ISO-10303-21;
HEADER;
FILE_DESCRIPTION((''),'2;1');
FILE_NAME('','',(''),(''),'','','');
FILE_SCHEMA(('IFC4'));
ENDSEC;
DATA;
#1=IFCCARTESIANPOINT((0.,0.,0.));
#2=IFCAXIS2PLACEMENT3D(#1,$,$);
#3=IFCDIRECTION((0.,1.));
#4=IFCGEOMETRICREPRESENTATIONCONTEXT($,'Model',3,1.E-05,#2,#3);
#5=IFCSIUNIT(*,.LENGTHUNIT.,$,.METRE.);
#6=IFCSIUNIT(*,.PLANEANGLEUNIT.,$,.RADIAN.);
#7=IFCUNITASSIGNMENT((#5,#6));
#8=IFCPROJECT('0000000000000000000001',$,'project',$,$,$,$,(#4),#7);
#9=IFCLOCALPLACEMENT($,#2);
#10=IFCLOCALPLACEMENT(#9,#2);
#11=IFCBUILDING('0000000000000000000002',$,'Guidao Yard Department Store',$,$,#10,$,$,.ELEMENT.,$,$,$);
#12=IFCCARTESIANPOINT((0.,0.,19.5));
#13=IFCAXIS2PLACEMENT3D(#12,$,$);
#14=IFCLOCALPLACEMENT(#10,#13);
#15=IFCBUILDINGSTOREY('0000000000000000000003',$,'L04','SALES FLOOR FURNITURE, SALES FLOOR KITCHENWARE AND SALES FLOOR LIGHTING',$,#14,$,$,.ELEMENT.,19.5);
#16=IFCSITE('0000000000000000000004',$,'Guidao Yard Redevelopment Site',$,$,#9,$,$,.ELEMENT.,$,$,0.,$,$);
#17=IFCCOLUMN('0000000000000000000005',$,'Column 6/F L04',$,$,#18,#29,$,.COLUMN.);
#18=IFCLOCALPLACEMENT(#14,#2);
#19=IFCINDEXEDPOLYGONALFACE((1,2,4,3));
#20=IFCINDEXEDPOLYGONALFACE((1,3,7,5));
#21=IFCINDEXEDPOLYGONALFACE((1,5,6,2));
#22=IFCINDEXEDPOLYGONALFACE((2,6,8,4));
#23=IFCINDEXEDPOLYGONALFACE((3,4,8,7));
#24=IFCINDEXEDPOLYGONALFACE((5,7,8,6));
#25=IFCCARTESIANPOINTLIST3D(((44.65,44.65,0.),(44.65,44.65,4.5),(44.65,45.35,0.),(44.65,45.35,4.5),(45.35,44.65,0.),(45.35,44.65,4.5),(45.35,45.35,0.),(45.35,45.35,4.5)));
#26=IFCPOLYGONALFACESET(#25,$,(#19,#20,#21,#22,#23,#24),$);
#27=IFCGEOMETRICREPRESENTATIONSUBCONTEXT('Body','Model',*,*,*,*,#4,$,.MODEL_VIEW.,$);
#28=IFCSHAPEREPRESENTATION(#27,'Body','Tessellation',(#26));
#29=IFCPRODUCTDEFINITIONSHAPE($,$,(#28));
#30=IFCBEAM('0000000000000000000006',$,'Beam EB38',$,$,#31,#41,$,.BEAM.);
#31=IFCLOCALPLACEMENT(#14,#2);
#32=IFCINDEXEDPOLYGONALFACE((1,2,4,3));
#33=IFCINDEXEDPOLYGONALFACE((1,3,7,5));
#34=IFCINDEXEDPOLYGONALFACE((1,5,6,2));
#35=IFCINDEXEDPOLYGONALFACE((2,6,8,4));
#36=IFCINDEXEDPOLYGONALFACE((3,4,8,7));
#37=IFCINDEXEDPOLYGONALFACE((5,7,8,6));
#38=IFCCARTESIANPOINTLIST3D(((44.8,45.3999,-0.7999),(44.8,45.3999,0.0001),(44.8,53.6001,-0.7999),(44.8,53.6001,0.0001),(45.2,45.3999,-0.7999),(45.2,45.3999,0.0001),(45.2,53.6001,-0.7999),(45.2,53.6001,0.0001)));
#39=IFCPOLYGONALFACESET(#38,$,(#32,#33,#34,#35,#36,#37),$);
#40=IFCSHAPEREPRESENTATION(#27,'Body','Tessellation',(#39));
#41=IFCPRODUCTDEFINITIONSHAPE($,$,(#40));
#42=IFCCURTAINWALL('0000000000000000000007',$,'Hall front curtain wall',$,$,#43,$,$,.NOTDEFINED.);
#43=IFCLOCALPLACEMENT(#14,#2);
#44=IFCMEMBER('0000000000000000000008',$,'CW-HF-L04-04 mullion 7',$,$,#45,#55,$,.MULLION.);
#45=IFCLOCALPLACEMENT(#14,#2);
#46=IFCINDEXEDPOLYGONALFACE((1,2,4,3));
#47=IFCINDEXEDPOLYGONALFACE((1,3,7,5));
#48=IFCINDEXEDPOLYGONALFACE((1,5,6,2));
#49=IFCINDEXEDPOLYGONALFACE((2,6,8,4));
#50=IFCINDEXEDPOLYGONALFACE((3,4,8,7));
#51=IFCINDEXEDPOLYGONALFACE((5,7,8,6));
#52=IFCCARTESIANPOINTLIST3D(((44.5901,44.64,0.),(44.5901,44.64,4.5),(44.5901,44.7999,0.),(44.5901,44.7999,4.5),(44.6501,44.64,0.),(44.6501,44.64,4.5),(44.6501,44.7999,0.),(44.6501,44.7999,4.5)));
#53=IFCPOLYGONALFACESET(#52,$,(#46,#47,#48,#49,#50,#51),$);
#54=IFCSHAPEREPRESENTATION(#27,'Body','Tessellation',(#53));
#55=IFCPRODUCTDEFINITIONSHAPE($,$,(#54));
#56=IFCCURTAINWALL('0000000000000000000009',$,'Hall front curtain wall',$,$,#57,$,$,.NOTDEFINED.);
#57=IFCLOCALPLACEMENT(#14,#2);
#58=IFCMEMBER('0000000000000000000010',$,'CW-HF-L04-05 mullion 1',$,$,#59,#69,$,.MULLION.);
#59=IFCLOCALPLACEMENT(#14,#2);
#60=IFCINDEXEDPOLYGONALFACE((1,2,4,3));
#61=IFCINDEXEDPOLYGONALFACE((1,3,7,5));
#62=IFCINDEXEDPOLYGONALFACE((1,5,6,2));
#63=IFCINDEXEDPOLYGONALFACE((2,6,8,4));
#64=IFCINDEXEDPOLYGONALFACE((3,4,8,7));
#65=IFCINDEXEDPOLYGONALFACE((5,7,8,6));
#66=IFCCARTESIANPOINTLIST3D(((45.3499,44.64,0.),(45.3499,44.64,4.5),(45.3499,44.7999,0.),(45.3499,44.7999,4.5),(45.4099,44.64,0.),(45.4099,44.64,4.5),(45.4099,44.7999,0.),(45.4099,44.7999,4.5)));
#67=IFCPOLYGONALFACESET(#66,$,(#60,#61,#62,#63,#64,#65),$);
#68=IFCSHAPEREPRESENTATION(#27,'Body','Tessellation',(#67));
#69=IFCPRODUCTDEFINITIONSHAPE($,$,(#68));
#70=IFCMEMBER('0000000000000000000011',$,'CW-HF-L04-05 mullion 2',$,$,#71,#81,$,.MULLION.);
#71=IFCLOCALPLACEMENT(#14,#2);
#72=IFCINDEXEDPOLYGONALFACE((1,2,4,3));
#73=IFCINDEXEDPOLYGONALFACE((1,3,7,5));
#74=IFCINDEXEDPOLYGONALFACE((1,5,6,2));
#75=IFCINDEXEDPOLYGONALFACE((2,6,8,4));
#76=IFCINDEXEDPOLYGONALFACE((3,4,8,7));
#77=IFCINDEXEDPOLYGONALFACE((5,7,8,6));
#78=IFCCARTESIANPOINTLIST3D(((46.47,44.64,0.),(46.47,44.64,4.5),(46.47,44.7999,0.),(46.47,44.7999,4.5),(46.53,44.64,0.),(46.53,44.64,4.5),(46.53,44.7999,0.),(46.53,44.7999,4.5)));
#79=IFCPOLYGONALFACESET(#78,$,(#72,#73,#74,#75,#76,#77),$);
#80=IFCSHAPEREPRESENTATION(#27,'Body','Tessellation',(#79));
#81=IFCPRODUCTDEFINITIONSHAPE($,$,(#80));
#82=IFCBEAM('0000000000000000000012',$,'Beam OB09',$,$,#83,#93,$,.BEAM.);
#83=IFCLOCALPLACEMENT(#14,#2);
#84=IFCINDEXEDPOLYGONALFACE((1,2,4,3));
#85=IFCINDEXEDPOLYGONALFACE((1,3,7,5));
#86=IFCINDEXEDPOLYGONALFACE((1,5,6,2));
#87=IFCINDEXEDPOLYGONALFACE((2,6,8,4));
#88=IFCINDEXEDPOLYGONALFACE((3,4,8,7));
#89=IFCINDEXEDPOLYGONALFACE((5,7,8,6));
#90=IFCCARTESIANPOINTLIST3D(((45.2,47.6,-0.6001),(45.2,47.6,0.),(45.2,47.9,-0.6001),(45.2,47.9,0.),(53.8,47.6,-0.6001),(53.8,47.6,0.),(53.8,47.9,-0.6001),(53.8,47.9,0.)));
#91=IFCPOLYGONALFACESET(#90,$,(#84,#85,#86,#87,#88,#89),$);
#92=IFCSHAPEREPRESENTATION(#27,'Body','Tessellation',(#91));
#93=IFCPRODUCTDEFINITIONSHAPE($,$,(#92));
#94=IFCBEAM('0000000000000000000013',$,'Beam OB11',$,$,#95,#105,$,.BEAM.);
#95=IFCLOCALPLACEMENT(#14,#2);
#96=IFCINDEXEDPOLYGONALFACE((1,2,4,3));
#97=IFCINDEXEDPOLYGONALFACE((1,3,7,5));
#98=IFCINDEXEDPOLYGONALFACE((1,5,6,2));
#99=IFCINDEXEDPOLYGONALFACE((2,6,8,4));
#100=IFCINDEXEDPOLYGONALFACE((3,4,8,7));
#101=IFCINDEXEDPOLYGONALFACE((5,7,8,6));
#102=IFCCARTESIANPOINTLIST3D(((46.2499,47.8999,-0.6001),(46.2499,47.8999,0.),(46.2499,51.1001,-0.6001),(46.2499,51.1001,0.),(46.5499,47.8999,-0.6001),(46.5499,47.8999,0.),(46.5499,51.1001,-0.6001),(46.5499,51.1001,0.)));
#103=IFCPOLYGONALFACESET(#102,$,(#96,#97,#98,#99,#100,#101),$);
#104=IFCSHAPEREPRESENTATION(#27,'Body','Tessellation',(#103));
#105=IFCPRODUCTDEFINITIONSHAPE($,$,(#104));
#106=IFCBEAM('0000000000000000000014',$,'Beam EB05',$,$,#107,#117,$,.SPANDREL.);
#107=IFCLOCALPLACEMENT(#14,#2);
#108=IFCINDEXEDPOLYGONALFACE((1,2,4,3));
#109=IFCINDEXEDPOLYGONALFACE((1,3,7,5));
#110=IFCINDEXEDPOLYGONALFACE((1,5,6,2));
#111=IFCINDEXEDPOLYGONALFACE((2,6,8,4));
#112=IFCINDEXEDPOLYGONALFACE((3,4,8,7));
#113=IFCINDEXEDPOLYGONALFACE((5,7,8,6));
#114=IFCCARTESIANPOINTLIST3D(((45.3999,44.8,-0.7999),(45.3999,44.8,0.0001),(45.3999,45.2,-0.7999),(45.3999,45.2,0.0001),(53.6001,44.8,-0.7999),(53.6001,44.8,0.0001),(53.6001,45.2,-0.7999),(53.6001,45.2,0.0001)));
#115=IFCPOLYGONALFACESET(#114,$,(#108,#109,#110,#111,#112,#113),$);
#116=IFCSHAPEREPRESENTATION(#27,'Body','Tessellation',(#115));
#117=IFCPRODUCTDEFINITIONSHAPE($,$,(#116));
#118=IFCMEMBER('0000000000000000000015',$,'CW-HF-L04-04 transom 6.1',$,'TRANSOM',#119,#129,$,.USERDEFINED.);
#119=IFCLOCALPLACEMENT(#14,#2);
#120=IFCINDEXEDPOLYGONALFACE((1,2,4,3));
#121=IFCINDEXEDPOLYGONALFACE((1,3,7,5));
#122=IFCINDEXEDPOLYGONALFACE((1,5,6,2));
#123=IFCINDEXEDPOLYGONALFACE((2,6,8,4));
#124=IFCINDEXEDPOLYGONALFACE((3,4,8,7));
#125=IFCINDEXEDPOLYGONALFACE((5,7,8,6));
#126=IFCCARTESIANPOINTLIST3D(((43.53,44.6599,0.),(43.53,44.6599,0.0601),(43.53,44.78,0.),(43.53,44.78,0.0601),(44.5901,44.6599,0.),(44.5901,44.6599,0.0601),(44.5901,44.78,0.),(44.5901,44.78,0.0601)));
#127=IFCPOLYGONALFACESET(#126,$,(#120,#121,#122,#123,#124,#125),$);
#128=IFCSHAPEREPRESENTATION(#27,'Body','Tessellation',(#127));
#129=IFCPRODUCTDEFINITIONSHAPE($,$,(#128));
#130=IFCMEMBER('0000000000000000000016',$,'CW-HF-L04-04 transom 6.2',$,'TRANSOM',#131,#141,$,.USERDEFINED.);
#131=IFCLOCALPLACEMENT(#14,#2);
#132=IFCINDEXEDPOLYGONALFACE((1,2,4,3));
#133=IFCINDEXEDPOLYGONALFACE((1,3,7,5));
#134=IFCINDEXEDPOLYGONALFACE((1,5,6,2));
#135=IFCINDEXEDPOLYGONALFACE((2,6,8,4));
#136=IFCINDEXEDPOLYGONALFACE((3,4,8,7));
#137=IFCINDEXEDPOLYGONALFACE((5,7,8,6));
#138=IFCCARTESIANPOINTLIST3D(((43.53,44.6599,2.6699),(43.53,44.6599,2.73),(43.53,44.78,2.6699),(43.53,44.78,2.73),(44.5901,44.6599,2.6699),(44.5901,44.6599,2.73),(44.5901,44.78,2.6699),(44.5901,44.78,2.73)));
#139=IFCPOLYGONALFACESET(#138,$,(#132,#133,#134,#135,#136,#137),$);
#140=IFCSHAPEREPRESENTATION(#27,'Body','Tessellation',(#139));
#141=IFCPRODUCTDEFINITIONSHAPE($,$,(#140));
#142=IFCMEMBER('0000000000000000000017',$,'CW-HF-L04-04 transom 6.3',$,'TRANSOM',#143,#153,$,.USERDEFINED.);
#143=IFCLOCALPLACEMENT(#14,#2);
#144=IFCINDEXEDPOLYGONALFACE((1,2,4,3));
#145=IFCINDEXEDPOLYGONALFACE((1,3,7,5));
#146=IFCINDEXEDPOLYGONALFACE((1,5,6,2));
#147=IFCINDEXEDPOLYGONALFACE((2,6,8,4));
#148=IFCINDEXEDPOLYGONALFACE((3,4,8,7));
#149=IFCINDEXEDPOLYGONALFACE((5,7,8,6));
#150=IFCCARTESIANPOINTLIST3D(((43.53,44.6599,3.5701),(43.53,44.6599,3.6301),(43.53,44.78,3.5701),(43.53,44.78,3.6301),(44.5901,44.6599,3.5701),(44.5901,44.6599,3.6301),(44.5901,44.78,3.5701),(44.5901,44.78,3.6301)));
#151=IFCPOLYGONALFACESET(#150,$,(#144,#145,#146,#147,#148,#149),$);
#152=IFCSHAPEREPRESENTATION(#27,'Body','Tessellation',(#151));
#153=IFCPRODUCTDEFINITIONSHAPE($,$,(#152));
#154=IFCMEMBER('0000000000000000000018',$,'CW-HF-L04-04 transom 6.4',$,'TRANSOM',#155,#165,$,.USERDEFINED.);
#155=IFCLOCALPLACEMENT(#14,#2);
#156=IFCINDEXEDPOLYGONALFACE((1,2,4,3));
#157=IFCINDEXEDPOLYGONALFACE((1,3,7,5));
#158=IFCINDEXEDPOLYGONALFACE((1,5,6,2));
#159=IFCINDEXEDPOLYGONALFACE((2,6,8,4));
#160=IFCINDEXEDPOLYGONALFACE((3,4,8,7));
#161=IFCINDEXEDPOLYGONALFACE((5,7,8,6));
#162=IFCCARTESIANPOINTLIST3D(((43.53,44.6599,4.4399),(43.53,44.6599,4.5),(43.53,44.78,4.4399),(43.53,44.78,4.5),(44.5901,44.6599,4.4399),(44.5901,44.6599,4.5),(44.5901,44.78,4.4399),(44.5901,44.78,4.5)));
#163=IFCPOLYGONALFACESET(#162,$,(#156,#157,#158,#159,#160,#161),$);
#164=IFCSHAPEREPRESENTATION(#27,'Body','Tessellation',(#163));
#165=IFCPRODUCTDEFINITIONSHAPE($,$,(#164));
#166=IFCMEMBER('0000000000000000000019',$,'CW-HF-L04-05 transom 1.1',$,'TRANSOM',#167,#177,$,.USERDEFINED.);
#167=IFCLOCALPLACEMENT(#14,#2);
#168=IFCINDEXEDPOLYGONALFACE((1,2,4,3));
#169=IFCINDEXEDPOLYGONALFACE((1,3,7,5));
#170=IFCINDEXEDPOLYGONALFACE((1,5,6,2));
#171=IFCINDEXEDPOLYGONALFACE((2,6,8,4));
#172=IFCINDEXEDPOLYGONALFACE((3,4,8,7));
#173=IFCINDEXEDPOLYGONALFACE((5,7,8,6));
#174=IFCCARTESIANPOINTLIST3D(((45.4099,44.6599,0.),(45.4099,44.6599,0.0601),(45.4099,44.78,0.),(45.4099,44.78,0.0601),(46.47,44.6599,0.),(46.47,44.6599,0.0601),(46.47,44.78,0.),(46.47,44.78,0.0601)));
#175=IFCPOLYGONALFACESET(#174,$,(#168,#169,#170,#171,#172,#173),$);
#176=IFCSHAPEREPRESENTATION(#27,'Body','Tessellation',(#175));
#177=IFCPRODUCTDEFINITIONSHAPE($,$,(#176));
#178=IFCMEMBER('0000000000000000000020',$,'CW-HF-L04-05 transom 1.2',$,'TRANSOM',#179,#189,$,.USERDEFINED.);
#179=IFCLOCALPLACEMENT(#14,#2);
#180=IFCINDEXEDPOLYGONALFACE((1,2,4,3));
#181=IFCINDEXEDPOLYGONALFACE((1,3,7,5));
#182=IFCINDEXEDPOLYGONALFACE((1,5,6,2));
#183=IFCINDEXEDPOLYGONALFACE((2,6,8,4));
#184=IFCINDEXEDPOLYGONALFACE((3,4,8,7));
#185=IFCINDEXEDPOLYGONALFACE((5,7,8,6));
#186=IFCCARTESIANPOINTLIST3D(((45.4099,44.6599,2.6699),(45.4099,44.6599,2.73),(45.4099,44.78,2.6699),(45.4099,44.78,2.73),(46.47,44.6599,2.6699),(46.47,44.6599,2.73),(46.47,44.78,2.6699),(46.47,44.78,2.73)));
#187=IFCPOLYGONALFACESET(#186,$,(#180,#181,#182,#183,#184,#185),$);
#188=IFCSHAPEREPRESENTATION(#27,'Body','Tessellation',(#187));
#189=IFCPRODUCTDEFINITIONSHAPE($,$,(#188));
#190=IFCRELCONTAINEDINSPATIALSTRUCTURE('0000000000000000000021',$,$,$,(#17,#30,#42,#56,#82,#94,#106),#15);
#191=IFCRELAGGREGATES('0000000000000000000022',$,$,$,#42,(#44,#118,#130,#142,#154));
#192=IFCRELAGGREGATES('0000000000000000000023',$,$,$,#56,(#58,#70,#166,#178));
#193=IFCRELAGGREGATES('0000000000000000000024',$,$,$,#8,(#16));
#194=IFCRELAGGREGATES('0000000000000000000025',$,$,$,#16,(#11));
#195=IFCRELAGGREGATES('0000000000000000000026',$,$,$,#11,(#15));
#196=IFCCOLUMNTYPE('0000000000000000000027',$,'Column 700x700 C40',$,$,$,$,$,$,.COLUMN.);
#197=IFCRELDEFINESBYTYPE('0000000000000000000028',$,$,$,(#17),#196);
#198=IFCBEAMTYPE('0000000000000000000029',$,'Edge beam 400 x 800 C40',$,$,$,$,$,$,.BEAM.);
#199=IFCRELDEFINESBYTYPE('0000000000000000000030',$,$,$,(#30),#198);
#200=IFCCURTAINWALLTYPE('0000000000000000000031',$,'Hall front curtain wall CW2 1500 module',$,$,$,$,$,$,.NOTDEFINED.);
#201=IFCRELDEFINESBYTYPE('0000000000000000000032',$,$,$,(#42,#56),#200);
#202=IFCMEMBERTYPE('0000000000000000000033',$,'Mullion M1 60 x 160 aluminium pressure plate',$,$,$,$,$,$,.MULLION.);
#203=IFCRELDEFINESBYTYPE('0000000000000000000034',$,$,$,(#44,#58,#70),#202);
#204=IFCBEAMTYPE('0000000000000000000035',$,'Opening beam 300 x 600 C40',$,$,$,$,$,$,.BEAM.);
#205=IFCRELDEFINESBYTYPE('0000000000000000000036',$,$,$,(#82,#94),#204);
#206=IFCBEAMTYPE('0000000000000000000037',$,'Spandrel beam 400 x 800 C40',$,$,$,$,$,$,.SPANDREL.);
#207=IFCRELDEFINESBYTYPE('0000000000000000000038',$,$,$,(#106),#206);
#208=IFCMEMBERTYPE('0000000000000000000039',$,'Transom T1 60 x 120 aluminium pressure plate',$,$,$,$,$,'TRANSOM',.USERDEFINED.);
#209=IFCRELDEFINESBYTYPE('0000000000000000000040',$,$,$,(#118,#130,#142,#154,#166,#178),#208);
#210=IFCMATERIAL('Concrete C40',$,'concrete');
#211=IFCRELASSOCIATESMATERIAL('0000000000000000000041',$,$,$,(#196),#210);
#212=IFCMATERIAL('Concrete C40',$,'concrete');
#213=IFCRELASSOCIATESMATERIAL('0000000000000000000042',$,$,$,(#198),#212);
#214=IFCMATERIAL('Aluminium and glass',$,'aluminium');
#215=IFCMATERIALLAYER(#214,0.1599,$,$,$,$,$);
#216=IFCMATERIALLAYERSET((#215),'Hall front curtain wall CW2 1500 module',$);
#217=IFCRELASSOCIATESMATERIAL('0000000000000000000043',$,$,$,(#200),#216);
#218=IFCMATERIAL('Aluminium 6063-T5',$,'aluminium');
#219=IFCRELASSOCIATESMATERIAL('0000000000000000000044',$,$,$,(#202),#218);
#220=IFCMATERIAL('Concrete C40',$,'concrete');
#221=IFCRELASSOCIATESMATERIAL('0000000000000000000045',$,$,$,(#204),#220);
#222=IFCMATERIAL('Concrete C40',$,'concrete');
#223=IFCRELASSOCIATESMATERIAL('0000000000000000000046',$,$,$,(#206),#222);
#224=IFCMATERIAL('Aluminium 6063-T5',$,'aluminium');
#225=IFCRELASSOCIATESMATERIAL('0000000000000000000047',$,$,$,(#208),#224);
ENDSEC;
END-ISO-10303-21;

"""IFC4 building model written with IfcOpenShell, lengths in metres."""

from ifc_helpers import new_model, si_unit, direction, frame, origin, origin_2d, place, context, subcontext, project, spatial, rectangle, extrude, material, layer, layer_set, material_profile, profile_set, type_object, element, aggregate, save


model = new_model("IFC4")

# Units and contexts
model_context = context("Model", 3, precision=1e-05, world=origin(), true_north=direction((0.0, 1.0)))
body_context = subcontext(model_context, "Body", "Model", "MODEL_VIEW")
ifc_project = project(units=[si_unit("LENGTHUNIT", "METRE"), si_unit("PLANEANGLEUNIT", "RADIAN")], contexts=[model_context])

# Site, building, storey
site_placement = place(None, origin())
site = spatial("IfcSite", under=ifc_project, at=site_placement, Name="Guidao Yard Redevelopment Site", CompositionType="ELEMENT", RefElevation=0.0)
building_placement = place(site_placement, origin())
building = spatial("IfcBuilding", under=site, at=building_placement, Name="Guidao Yard Department Store", CompositionType="ELEMENT")
storey_placement = place(building_placement, frame((0.0, 0.0, 19.5)))
storey = spatial("IfcBuildingStorey", under=building, at=storey_placement, Name="L04", Description="SALES FLOOR FURNITURE, SALES FLOOR KITCHENWARE AND SALES FLOOR LIGHTING", CompositionType="ELEMENT", Elevation=19.5)

# Column
ifc_material_1 = material(Name="Concrete C40", Category="concrete")
ifc_material_profile_1 = material_profile(ifc_material_1, rectangle(XDim=0.7, YDim=0.7, at=origin_2d()), Name="COL 700x700")
ifc_profile_set_1 = profile_set([ifc_material_profile_1], Name="Concrete C40")
column_type = type_object("IfcColumnType", Name="Column 700x700 C40", PredefinedType="COLUMN", material=ifc_profile_set_1)
column_placement = place(storey_placement, frame((45.0, 45.0, 0.0), z_axis=(0.0, 0.0, 1.0), x_axis=(1.0, 0.0, 0.0)))
element("IfcColumn", 1, at=column_placement, inside=storey, type_object=column_type, Name="Column 6/F L04", PredefinedType="COLUMN", context=body_context, shape_type="SweptSolid", body=[
    extrude(rectangle(XDim=0.7, YDim=0.7, at=origin_2d()), origin(), (0.0, 0.0, 1.0), 4.5),
])

# Beam
ifc_material_2 = material(Name="Concrete C40", Category="concrete")
ifc_material_profile_2 = material_profile(ifc_material_2, rectangle(XDim=0.3999, YDim=0.8, at=origin_2d()), Name="Edge beam 400 x 800 C40")
ifc_profile_set_2 = profile_set([ifc_material_profile_2], Name="Concrete C40")
beam_type_1 = type_object("IfcBeamType", Name="Edge beam 400 x 800 C40", PredefinedType="BEAM", material=ifc_profile_set_2)
beam_1_placement = place(storey_placement, frame((45.0, 45.3999, -0.3999), z_axis=(0.0, 1.0, 0.0), x_axis=(-1.0, 0.0, 0.0)))
element("IfcBeam", 2, at=beam_1_placement, inside=storey, type_object=beam_type_1, Name="Beam EB38", PredefinedType="BEAM", context=body_context, shape_type="SweptSolid", body=[
    extrude(rectangle(XDim=0.3999, YDim=0.8, at=origin_2d()), origin(), (0.0, 0.0, 1.0), 8.2002),
])

# Curtain wall, member
ifc_material_3 = material(Name="Aluminium and glass", Category="aluminium")
ifc_layer_1 = layer(ifc_material_3, 0.1599)
ifc_layer_set_1 = layer_set([ifc_layer_1], Name="Hall front curtain wall CW2 1500 module")
curtain_wall_type = type_object("IfcCurtainWallType", Name="Hall front curtain wall CW2 1500 module", PredefinedType="NOTDEFINED", material=ifc_layer_set_1)
curtain_wall_1_placement = place(storey_placement, origin())
curtain_wall_1 = element("IfcCurtainWall", 3, at=curtain_wall_1_placement, inside=storey, type_object=curtain_wall_type, Name="Hall front curtain wall", PredefinedType="NOTDEFINED")
ifc_material_4 = material(Name="Aluminium 6063-T5", Category="aluminium")
ifc_material_profile_3 = material_profile(ifc_material_4, rectangle(XDim=0.0601, YDim=0.1599, at=origin_2d()), Name="Mullion M1 60 x 160 aluminium pressure plate")
ifc_profile_set_3 = profile_set([ifc_material_profile_3], Name="Aluminium 6063-T5")
member_type_1 = type_object("IfcMemberType", Name="Mullion M1 60 x 160 aluminium pressure plate", PredefinedType="MULLION", material=ifc_profile_set_3)
member_1_placement = place(storey_placement, frame((44.6201, 44.72, 0.0), z_axis=(0.0, 0.0, 1.0), x_axis=(-1.0, 0.0, 0.0)))
member_1 = element("IfcMember", 4, at=member_1_placement, type_object=member_type_1, Name="CW-HF-L04-04 mullion 7", PredefinedType="MULLION", context=body_context, shape_type="SweptSolid", body=[
    extrude(rectangle(XDim=0.0601, YDim=0.1599, at=origin_2d()), origin(), (0.0, 0.0, 1.0), 4.5),
])

# Curtain wall, members
curtain_wall_2_placement = place(storey_placement, origin())
curtain_wall_2 = element("IfcCurtainWall", 5, at=curtain_wall_2_placement, inside=storey, type_object=curtain_wall_type, Name="Hall front curtain wall", PredefinedType="NOTDEFINED")
member_2_placement = place(storey_placement, frame((45.3799, 44.72, 0.0), z_axis=(0.0, 0.0, 1.0), x_axis=(-1.0, 0.0, 0.0)))
member_2 = element("IfcMember", 6, at=member_2_placement, type_object=member_type_1, Name="CW-HF-L04-05 mullion 1", PredefinedType="MULLION", context=body_context, shape_type="SweptSolid", body=[
    extrude(rectangle(XDim=0.0601, YDim=0.1599, at=origin_2d()), origin(), (0.0, 0.0, 1.0), 4.5),
])
member_3_placement = place(storey_placement, frame((46.5, 44.72, 0.0), z_axis=(0.0, 0.0, 1.0), x_axis=(-1.0, 0.0, 0.0)))
member_3 = element("IfcMember", 7, at=member_3_placement, type_object=member_type_1, Name="CW-HF-L04-05 mullion 2", PredefinedType="MULLION", context=body_context, shape_type="SweptSolid", body=[
    extrude(rectangle(XDim=0.0601, YDim=0.1599, at=origin_2d()), origin(), (0.0, 0.0, 1.0), 4.5),
])

# Beams
ifc_material_5 = material(Name="Concrete C40", Category="concrete")
ifc_material_profile_4 = material_profile(ifc_material_5, rectangle(XDim=0.3, YDim=0.6001, at=origin_2d()), Name="Opening beam 300 x 600 C40")
ifc_profile_set_4 = profile_set([ifc_material_profile_4], Name="Concrete C40")
beam_type_2 = type_object("IfcBeamType", Name="Opening beam 300 x 600 C40", PredefinedType="BEAM", material=ifc_profile_set_4)
beam_2_placement = place(storey_placement, frame((45.2, 47.75, -0.3), z_axis=(1.0, 0.0, 0.0), x_axis=(0.0, 1.0, 0.0)))
element("IfcBeam", 8, at=beam_2_placement, inside=storey, type_object=beam_type_2, Name="Beam OB09", PredefinedType="BEAM", context=body_context, shape_type="SweptSolid", body=[
    extrude(rectangle(XDim=0.3, YDim=0.6001, at=origin_2d()), origin(), (0.0, 0.0, 1.0), 8.6001),
])
beam_3_placement = place(storey_placement, frame((46.3999, 47.8999, -0.3), z_axis=(0.0, 1.0, 0.0), x_axis=(-1.0, 0.0, 0.0)))
element("IfcBeam", 9, at=beam_3_placement, inside=storey, type_object=beam_type_2, Name="Beam OB11", PredefinedType="BEAM", context=body_context, shape_type="SweptSolid", body=[
    extrude(rectangle(XDim=0.3, YDim=0.6001, at=origin_2d()), origin(), (0.0, 0.0, 1.0), 3.2002),
])
ifc_material_6 = material(Name="Concrete C40", Category="concrete")
ifc_material_profile_5 = material_profile(ifc_material_6, rectangle(XDim=0.3999, YDim=0.8, at=origin_2d()), Name="Spandrel beam 400 x 800 C40")
ifc_profile_set_5 = profile_set([ifc_material_profile_5], Name="Concrete C40")
beam_type_3 = type_object("IfcBeamType", Name="Spandrel beam 400 x 800 C40", PredefinedType="SPANDREL", material=ifc_profile_set_5)
beam_4_placement = place(storey_placement, frame((45.3999, 45.0, -0.3999), z_axis=(1.0, 0.0, 0.0), x_axis=(0.0, 1.0, 0.0)))
element("IfcBeam", 10, at=beam_4_placement, inside=storey, type_object=beam_type_3, Name="Beam EB05", PredefinedType="SPANDREL", context=body_context, shape_type="SweptSolid", body=[
    extrude(rectangle(XDim=0.3999, YDim=0.8, at=origin_2d()), origin(), (0.0, 0.0, 1.0), 8.2002),
])

# Members
ifc_material_7 = material(Name="Aluminium 6063-T5", Category="aluminium")
ifc_material_profile_6 = material_profile(ifc_material_7, rectangle(XDim=0.1201, YDim=0.0601, at=origin_2d()), Name="Transom T1 60 x 120 aluminium pressure plate")
ifc_profile_set_6 = profile_set([ifc_material_profile_6], Name="Aluminium 6063-T5")
member_type_2 = type_object("IfcMemberType", Name="Transom T1 60 x 120 aluminium pressure plate", ElementType="TRANSOM", PredefinedType="USERDEFINED", material=ifc_profile_set_6)
member_4_placement = place(storey_placement, frame((44.5901, 44.72, 0.03), z_axis=(-1.0, 0.0, 0.0), x_axis=(0.0, -1.0, 0.0)))
member_4 = element("IfcMember", 11, at=member_4_placement, type_object=member_type_2, Name="CW-HF-L04-04 transom 6.1", ObjectType="TRANSOM", PredefinedType="USERDEFINED", context=body_context, shape_type="SweptSolid", body=[
    extrude(rectangle(XDim=0.1201, YDim=0.0601, at=origin_2d()), origin(), (0.0, 0.0, 1.0), 1.0601),
])
member_5_placement = place(storey_placement, frame((44.5901, 44.72, 2.7), z_axis=(-1.0, 0.0, 0.0), x_axis=(0.0, -1.0, 0.0)))
member_5 = element("IfcMember", 12, at=member_5_placement, type_object=member_type_2, Name="CW-HF-L04-04 transom 6.2", ObjectType="TRANSOM", PredefinedType="USERDEFINED", context=body_context, shape_type="SweptSolid", body=[
    extrude(rectangle(XDim=0.1201, YDim=0.0601, at=origin_2d()), origin(), (0.0, 0.0, 1.0), 1.0601),
])
member_6_placement = place(storey_placement, frame((44.5901, 44.72, 3.6001), z_axis=(-1.0, 0.0, 0.0), x_axis=(0.0, -1.0, 0.0)))
member_6 = element("IfcMember", 13, at=member_6_placement, type_object=member_type_2, Name="CW-HF-L04-04 transom 6.3", ObjectType="TRANSOM", PredefinedType="USERDEFINED", context=body_context, shape_type="SweptSolid", body=[
    extrude(rectangle(XDim=0.1201, YDim=0.0601, at=origin_2d()), origin(), (0.0, 0.0, 1.0), 1.0601),
])
member_7_placement = place(storey_placement, frame((44.5901, 44.72, 4.47), z_axis=(-1.0, 0.0, 0.0), x_axis=(0.0, -1.0, 0.0)))
member_7 = element("IfcMember", 14, at=member_7_placement, type_object=member_type_2, Name="CW-HF-L04-04 transom 6.4", ObjectType="TRANSOM", PredefinedType="USERDEFINED", context=body_context, shape_type="SweptSolid", body=[
    extrude(rectangle(XDim=0.1201, YDim=0.0601, at=origin_2d()), origin(), (0.0, 0.0, 1.0), 1.0601),
])
aggregate(curtain_wall_1, [member_1, member_4, member_5, member_6, member_7])
member_8_placement = place(storey_placement, frame((46.47, 44.72, 0.03), z_axis=(-1.0, 0.0, 0.0), x_axis=(0.0, -1.0, 0.0)))
member_8 = element("IfcMember", 15, at=member_8_placement, type_object=member_type_2, Name="CW-HF-L04-05 transom 1.1", ObjectType="TRANSOM", PredefinedType="USERDEFINED", context=body_context, shape_type="SweptSolid", body=[
    extrude(rectangle(XDim=0.1201, YDim=0.0601, at=origin_2d()), origin(), (0.0, 0.0, 1.0), 1.0601),
])
member_9_placement = place(storey_placement, frame((46.47, 44.72, 2.7), z_axis=(-1.0, 0.0, 0.0), x_axis=(0.0, -1.0, 0.0)))
member_9 = element("IfcMember", 16, at=member_9_placement, type_object=member_type_2, Name="CW-HF-L04-05 transom 1.2", ObjectType="TRANSOM", PredefinedType="USERDEFINED", context=body_context, shape_type="SweptSolid", body=[
    extrude(rectangle(XDim=0.1201, YDim=0.0601, at=origin_2d()), origin(), (0.0, 0.0, 1.0), 1.0601),
])

aggregate(curtain_wall_2, [member_2, member_3, member_8, member_9])

save(model, "model.ifc")
